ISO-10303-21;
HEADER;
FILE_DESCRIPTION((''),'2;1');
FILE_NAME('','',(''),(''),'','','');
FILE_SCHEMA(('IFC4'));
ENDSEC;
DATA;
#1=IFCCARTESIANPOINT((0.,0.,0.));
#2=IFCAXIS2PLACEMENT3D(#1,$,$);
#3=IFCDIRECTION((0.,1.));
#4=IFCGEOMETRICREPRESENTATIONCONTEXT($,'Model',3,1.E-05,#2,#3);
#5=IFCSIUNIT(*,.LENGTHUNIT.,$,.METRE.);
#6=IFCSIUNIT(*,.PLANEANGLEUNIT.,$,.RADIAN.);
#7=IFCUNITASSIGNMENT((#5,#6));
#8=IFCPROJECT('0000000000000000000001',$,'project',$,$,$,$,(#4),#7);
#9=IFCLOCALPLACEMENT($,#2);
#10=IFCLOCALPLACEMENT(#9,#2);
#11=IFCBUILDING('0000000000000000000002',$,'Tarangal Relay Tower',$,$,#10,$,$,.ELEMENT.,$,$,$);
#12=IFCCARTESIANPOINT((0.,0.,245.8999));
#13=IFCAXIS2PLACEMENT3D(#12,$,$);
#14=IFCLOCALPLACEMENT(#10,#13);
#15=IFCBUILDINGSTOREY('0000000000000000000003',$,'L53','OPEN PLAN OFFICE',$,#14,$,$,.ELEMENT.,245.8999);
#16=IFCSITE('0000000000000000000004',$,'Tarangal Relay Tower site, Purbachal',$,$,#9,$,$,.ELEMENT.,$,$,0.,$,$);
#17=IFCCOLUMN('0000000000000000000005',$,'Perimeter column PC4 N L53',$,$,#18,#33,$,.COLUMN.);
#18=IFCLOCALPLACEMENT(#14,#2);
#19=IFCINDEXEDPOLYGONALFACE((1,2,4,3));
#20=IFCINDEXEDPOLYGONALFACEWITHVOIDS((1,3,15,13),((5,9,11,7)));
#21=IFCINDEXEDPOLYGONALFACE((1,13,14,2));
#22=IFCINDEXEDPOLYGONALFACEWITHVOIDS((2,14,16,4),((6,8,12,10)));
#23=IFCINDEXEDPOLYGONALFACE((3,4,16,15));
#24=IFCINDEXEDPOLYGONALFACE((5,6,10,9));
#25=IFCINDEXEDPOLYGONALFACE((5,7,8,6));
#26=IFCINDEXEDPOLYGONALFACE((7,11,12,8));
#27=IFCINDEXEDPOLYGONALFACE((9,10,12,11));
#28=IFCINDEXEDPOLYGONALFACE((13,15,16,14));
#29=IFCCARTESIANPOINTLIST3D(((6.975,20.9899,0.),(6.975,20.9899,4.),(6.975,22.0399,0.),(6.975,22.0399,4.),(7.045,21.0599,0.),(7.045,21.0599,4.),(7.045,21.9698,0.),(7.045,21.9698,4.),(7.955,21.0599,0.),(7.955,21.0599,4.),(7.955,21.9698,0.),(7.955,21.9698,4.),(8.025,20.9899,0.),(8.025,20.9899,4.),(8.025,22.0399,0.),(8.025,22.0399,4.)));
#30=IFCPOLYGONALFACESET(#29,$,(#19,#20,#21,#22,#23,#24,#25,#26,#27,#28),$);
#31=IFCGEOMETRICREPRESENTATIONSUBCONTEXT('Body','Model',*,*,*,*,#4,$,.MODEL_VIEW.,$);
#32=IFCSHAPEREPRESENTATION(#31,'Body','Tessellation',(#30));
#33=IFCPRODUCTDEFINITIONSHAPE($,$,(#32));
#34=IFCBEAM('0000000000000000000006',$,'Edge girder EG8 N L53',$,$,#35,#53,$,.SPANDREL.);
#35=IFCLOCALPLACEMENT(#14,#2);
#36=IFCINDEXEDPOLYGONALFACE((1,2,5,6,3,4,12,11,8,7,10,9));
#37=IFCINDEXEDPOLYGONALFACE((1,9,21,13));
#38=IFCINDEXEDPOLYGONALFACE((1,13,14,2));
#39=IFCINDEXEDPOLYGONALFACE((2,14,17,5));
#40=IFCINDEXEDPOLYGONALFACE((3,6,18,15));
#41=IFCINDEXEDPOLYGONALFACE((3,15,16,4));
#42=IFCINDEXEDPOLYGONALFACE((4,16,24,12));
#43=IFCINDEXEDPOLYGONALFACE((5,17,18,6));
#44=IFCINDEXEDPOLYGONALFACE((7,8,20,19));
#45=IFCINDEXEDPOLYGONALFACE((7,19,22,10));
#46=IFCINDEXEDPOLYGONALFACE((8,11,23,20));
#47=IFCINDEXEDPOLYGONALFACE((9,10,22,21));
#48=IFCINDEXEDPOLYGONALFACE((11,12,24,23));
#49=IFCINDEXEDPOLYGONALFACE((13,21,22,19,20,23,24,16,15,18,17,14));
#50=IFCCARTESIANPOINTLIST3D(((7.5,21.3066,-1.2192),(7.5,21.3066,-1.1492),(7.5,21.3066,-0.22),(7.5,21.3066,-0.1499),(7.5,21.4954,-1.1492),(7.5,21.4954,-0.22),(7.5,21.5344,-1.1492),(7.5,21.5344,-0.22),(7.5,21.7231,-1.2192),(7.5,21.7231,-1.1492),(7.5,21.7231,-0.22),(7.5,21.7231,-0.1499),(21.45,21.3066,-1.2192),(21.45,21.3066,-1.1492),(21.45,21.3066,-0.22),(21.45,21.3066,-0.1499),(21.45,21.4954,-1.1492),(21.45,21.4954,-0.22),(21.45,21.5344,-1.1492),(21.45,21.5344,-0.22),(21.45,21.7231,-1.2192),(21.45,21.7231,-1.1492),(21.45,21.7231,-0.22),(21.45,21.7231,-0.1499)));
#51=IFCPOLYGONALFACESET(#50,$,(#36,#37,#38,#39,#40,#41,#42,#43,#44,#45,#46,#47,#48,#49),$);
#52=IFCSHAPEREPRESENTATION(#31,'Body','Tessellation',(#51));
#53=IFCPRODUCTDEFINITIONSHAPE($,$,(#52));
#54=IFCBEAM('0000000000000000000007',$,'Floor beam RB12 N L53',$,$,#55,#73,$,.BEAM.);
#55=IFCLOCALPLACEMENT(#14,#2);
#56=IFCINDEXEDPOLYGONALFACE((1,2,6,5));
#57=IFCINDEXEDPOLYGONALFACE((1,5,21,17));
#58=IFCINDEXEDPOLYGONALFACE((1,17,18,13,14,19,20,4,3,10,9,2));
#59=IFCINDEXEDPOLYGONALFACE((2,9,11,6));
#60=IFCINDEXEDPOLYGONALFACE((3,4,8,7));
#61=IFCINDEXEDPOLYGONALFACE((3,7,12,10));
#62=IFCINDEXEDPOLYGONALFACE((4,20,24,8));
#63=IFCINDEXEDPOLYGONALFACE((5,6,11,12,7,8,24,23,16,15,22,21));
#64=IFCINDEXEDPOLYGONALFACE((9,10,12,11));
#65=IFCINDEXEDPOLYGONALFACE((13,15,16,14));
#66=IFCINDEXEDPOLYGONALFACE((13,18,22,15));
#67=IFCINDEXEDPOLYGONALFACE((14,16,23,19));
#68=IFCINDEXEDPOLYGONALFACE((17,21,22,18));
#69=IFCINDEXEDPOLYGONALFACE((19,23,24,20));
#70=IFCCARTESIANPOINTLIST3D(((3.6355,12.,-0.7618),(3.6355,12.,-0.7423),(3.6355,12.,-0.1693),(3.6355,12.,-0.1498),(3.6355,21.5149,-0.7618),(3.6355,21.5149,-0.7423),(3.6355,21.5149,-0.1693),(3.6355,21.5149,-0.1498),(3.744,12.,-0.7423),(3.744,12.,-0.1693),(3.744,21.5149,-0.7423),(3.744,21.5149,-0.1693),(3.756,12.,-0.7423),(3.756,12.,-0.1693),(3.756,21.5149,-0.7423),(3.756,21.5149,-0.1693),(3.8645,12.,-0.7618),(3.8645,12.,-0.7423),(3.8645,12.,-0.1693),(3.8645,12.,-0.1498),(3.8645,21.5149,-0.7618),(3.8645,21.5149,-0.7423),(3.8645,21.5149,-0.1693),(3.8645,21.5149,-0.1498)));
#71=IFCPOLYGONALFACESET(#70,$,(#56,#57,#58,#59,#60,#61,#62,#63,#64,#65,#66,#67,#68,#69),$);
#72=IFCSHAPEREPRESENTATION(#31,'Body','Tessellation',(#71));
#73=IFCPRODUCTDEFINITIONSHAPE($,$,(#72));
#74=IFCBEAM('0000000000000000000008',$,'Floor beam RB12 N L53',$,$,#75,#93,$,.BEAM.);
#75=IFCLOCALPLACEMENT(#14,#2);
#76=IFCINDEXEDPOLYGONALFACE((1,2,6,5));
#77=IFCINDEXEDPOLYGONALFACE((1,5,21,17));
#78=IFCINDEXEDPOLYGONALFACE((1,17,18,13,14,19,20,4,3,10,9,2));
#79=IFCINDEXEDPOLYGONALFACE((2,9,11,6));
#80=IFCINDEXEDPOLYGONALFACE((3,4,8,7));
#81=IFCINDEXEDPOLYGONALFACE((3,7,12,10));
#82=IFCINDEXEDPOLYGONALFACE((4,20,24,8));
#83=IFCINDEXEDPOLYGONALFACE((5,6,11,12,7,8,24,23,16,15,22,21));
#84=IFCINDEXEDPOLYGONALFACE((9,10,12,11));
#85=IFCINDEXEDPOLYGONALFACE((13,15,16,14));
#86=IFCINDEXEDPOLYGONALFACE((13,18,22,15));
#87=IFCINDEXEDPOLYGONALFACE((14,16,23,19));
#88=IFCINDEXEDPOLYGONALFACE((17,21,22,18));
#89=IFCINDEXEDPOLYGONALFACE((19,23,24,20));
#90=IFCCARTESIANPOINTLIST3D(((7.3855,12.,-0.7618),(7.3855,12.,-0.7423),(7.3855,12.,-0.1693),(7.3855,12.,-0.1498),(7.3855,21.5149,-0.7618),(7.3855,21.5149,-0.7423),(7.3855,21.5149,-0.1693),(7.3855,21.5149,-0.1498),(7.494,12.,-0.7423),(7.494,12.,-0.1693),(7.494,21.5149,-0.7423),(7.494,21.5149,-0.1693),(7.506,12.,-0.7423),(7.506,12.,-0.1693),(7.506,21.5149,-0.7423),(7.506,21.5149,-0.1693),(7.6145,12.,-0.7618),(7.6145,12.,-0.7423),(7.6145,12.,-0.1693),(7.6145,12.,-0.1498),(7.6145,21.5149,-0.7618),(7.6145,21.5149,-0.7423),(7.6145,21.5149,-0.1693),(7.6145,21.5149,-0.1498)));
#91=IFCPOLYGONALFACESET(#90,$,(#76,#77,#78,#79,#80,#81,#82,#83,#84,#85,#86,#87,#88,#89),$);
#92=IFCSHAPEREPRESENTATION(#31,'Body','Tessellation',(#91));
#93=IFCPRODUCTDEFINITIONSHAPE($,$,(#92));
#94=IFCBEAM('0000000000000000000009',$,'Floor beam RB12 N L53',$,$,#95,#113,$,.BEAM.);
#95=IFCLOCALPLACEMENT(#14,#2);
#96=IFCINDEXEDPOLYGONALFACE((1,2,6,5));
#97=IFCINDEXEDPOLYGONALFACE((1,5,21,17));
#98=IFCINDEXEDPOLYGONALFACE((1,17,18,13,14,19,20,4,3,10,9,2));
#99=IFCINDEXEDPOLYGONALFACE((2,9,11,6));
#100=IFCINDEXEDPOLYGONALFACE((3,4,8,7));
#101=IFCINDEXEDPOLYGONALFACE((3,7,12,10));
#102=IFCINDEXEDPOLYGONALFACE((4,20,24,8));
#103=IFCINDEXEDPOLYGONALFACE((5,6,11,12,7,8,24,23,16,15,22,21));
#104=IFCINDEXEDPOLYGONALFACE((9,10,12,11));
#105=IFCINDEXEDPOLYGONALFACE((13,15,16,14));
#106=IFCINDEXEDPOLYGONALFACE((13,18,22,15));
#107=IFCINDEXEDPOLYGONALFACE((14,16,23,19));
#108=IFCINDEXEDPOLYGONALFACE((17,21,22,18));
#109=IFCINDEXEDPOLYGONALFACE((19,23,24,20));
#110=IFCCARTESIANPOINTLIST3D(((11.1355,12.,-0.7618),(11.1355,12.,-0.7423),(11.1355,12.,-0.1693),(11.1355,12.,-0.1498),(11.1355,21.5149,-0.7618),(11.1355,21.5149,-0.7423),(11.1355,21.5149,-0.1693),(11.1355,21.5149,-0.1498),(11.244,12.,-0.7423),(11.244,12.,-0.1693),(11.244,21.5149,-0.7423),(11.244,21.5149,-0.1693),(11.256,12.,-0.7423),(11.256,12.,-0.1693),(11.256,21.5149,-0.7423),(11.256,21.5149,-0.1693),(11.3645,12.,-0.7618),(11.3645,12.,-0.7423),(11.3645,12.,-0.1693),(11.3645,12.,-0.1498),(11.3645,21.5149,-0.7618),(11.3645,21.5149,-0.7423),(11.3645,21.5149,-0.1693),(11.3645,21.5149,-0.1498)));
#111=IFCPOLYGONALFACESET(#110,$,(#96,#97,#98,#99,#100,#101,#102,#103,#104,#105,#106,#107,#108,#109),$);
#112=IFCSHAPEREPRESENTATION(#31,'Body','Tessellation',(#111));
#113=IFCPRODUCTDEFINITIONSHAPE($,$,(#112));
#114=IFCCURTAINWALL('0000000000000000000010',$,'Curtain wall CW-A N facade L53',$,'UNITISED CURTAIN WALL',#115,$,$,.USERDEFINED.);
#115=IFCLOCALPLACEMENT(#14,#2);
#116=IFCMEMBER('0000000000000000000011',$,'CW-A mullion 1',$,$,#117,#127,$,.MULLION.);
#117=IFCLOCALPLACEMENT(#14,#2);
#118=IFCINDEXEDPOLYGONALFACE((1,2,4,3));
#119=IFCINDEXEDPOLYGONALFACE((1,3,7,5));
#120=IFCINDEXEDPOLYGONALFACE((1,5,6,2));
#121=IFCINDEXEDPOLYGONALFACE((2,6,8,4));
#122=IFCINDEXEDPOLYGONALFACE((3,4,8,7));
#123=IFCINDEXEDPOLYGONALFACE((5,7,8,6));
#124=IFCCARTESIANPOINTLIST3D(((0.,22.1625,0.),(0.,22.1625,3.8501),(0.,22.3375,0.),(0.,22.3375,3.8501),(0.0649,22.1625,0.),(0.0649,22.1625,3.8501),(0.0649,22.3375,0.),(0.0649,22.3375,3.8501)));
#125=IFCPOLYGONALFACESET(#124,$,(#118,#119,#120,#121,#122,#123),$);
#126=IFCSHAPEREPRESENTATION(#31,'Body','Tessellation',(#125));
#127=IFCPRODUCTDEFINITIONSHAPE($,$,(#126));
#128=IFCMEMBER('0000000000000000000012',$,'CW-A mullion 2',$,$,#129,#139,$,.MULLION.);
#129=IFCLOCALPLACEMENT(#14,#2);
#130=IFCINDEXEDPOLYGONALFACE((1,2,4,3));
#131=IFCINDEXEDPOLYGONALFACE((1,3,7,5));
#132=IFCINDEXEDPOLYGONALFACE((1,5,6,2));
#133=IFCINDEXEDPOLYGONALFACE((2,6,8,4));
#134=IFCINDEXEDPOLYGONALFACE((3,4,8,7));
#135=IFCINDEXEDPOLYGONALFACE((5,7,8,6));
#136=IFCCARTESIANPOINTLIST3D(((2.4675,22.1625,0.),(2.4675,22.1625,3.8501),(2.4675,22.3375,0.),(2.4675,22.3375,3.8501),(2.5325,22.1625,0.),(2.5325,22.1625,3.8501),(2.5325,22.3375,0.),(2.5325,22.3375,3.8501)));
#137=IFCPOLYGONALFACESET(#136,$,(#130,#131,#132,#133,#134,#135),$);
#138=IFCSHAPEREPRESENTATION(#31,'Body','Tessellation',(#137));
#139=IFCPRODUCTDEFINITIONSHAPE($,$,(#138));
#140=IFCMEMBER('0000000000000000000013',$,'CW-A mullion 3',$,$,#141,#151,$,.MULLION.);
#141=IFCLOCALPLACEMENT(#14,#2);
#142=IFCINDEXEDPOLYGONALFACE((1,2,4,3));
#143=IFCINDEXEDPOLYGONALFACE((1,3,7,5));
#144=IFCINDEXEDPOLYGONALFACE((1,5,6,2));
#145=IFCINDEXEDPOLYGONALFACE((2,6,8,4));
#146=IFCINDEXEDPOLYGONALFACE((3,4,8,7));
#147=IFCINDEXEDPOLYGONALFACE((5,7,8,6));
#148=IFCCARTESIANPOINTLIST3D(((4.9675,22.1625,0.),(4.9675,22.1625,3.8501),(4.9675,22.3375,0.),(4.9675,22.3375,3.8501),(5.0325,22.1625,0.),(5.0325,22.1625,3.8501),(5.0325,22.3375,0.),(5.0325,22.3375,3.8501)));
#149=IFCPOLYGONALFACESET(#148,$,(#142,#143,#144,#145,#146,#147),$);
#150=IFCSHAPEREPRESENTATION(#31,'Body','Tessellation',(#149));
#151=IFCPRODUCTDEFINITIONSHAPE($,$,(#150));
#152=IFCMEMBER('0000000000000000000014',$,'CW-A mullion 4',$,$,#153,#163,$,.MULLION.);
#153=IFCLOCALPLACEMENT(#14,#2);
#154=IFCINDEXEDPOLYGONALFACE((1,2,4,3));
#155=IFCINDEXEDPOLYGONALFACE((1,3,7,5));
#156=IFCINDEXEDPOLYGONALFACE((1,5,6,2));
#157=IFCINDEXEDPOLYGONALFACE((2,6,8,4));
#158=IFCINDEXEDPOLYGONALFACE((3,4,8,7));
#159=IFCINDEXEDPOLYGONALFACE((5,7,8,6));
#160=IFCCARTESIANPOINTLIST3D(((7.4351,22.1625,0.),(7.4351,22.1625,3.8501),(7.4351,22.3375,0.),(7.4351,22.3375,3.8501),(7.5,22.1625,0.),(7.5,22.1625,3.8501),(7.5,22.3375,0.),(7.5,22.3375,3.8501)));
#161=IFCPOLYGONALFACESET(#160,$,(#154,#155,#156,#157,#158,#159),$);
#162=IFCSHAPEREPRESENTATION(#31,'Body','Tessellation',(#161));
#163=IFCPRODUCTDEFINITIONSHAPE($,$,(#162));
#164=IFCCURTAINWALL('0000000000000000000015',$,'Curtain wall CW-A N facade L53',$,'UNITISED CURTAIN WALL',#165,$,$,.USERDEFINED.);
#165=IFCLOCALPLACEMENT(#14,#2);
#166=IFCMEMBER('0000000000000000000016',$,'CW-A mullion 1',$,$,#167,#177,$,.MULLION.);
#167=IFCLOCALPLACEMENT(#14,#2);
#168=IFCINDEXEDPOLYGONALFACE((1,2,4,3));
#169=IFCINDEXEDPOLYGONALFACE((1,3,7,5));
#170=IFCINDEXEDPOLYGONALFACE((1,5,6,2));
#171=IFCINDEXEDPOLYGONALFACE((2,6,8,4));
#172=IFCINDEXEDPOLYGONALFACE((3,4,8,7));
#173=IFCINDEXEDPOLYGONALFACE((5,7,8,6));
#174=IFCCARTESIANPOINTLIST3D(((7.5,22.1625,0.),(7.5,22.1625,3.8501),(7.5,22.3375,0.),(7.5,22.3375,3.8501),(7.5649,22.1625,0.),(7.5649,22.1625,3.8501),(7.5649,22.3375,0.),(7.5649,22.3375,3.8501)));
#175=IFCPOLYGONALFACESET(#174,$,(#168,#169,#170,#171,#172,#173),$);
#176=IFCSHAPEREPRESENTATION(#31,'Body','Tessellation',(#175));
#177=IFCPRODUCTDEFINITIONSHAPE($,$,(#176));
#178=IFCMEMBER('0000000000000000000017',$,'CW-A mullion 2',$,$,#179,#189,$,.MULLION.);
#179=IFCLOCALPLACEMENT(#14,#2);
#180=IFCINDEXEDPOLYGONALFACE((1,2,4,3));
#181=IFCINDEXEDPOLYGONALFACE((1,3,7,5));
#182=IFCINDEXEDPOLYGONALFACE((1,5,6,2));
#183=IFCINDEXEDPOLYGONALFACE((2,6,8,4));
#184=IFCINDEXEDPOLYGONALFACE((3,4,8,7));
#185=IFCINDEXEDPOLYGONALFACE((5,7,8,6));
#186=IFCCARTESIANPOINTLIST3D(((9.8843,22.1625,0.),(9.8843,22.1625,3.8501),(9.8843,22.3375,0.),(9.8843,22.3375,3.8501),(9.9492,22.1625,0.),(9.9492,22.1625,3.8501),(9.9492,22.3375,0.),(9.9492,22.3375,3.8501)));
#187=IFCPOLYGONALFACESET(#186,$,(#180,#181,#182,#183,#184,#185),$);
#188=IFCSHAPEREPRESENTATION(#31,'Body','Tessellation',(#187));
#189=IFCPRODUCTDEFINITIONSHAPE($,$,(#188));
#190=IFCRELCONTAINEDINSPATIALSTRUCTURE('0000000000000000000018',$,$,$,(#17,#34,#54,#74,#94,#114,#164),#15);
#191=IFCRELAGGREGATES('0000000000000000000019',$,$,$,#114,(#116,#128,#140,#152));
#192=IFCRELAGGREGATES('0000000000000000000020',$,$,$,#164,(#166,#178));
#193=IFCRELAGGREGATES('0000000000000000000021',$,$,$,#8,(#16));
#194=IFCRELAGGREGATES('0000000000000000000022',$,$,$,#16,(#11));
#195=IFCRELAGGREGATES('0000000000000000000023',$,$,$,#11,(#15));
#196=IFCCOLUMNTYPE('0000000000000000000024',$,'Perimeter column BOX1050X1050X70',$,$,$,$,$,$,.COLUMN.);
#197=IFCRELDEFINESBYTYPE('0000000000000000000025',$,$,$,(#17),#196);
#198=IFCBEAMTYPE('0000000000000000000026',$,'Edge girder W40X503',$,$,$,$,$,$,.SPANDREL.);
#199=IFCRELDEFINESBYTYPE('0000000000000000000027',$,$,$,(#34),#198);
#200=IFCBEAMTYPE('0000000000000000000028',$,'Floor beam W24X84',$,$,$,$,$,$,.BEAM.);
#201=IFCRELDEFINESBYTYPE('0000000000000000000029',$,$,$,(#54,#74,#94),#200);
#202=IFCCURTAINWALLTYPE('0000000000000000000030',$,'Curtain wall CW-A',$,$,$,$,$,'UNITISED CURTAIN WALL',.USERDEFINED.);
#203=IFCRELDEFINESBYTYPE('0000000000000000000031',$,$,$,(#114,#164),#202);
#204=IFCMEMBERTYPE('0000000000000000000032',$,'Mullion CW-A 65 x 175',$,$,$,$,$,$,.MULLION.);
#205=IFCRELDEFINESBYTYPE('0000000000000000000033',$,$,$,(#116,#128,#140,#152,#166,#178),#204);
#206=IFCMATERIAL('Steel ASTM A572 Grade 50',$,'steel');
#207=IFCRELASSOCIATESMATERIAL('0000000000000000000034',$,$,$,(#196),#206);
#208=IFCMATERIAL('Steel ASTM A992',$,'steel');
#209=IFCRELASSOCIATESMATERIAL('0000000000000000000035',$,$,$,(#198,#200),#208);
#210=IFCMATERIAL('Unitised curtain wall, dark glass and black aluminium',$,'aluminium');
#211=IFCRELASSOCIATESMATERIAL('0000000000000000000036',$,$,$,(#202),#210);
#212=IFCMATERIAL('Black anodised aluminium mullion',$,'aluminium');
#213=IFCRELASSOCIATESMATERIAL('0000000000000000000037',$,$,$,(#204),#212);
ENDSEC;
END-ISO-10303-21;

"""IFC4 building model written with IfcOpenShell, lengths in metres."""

from ifc_helpers import new_model, si_unit, direction, frame, origin, origin_2d, place, context, subcontext, project, spatial, rectangle, hollow_rectangle, i_section, extrude, material, material_profile, profile_set, type_object, element, aggregate, save


model = new_model("IFC4")

# Units and contexts
model_context = context("Model", 3, precision=1e-05, world=origin(), true_north=direction((0.0, 1.0)))
body_context = subcontext(model_context, "Body", "Model", "MODEL_VIEW")
ifc_project = project(units=[si_unit("LENGTHUNIT", "METRE"), si_unit("PLANEANGLEUNIT", "RADIAN")], contexts=[model_context])

# Site, building, storey
site_placement = place(None, origin())
site = spatial("IfcSite", under=ifc_project, at=site_placement, Name="Tarangal Relay Tower site, Purbachal", CompositionType="ELEMENT", RefElevation=0.0)
building_placement = place(site_placement, origin())
building = spatial("IfcBuilding", under=site, at=building_placement, Name="Tarangal Relay Tower", CompositionType="ELEMENT")
storey_placement = place(building_placement, frame((0.0, 0.0, 245.8999)))
storey = spatial("IfcBuildingStorey", under=building, at=storey_placement, Name="L53", Description="OPEN PLAN OFFICE", CompositionType="ELEMENT", Elevation=245.8999)

# Column
ifc_material_1 = material(Name="Steel ASTM A572 Grade 50", Category="steel")
ifc_material_profile_1 = material_profile(ifc_material_1, hollow_rectangle(XDim=1.05, YDim=1.05, WallThickness=0.0701, at=origin_2d()), Name="BOX1050X1050X70")
ifc_profile_set_1 = profile_set([ifc_material_profile_1], Name="Steel ASTM A572 Grade 50")
column_type = type_object("IfcColumnType", Name="Perimeter column BOX1050X1050X70", PredefinedType="COLUMN", material=ifc_profile_set_1)
column_placement = place(storey_placement, frame((7.5, 21.5149, 0.0), z_axis=(0.0, 0.0, 1.0), x_axis=(1.0, 0.0, 0.0)))
element("IfcColumn", 1, at=column_placement, inside=storey, type_object=column_type, Name="Perimeter column PC4 N L53", PredefinedType="COLUMN", context=body_context, shape_type="SweptSolid", body=[
    extrude(hollow_rectangle(XDim=1.05, YDim=1.05, WallThickness=0.0701, at=origin_2d()), origin(), (0.0, 0.0, 1.0), 4.0),
])

# Beams
ifc_material_2 = material(Name="Steel ASTM A992", Category="steel")
ifc_material_profile_2 = material_profile(ifc_material_2, i_section(OverallWidth=0.4165, OverallDepth=1.0693, WebThickness=0.0391, FlangeThickness=0.0701, at=origin_2d()), Name="W40X503")
ifc_profile_set_2 = profile_set([ifc_material_profile_2], Name="Steel ASTM A992")
beam_type_1 = type_object("IfcBeamType", Name="Edge girder W40X503", PredefinedType="SPANDREL", material=ifc_profile_set_2)
beam_placement = place(storey_placement, frame((7.5, 21.5149, -0.6846), z_axis=(1.0, 0.0, 0.0), x_axis=(0.0, 1.0, 0.0)))
element("IfcBeam", 2, at=beam_placement, inside=storey, type_object=beam_type_1, Name="Edge girder EG8 N L53", PredefinedType="SPANDREL", context=body_context, shape_type="SweptSolid", body=[
    extrude(i_section(OverallWidth=0.4165, OverallDepth=1.0693, WebThickness=0.0391, FlangeThickness=0.0701, at=origin_2d()), origin(), (0.0, 0.0, 1.0), 13.95),
])
ifc_material_profile_3 = material_profile(ifc_material_2, i_section(OverallWidth=0.229, OverallDepth=0.6121, WebThickness=0.012, FlangeThickness=0.0195, at=origin_2d()), Name="W24X84")
ifc_profile_set_3 = profile_set([ifc_material_profile_3], Name="Steel ASTM A992")
beam_type_2 = type_object("IfcBeamType", Name="Floor beam W24X84", PredefinedType="BEAM", material=ifc_profile_set_3)
for number, where, z_axis, x_axis, name in (
    (3, (3.75, 12.0, -0.4558), (0.0, 1.0, 0.0), (-1.0, 0.0, 0.0), "Floor beam RB12 N L53"),
    (4, (7.5, 12.0, -0.4558), (0.0, 1.0, 0.0), (-1.0, 0.0, 0.0), "Floor beam RB12 N L53"),
    (5, (11.25, 12.0, -0.4558), (0.0, 1.0, 0.0), (-1.0, 0.0, 0.0), "Floor beam RB12 N L53"),
):
    element("IfcBeam", number, at=place(storey_placement, frame(where, z_axis=z_axis, x_axis=x_axis)), inside=storey, type_object=beam_type_2, Name=name, PredefinedType="BEAM", context=body_context, shape_type="SweptSolid", body=[
        extrude(i_section(OverallWidth=0.229, OverallDepth=0.6121, WebThickness=0.012, FlangeThickness=0.0195, at=origin_2d()), origin(), (0.0, 0.0, 1.0), 9.5149),
    ])

# Curtain walls, members
ifc_material_3 = material(Name="Unitised curtain wall, dark glass and black aluminium", Category="aluminium")
curtain_wall_type = type_object("IfcCurtainWallType", Name="Curtain wall CW-A", ElementType="UNITISED CURTAIN WALL", PredefinedType="USERDEFINED", material=ifc_material_3)
curtain_wall_1_placement = place(storey_placement, origin())
curtain_wall_1 = element("IfcCurtainWall", 6, at=curtain_wall_1_placement, inside=storey, type_object=curtain_wall_type, Name="Curtain wall CW-A N facade L53", ObjectType="UNITISED CURTAIN WALL", PredefinedType="USERDEFINED")
ifc_material_4 = material(Name="Black anodised aluminium mullion", Category="aluminium")
ifc_material_profile_4 = material_profile(ifc_material_4, rectangle(XDim=0.175, YDim=0.0649, at=origin_2d()), Name="CW-AM 65X175")
ifc_profile_set_4 = profile_set([ifc_material_profile_4], Name="Black anodised aluminium mullion")
member_type_1 = type_object("IfcMemberType", Name="Mullion CW-A 65 x 175", PredefinedType="MULLION", material=ifc_profile_set_4)
member_1_placement = place(storey_placement, frame((0.0325, 22.25, 0.0), z_axis=(0.0, 0.0, 1.0), x_axis=(0.0, 1.0, 0.0)))
member_1 = element("IfcMember", 7, at=member_1_placement, type_object=member_type_1, Name="CW-A mullion 1", PredefinedType="MULLION", context=body_context, shape_type="SweptSolid", body=[
    extrude(rectangle(XDim=0.175, YDim=0.0649, at=origin_2d()), origin(), (0.0, 0.0, 1.0), 3.8501),
])
member_2_placement = place(storey_placement, frame((2.5, 22.25, 0.0), z_axis=(0.0, 0.0, 1.0), x_axis=(0.0, 1.0, 0.0)))
member_2 = element("IfcMember", 8, at=member_2_placement, type_object=member_type_1, Name="CW-A mullion 2", PredefinedType="MULLION", context=body_context, shape_type="SweptSolid", body=[
    extrude(rectangle(XDim=0.175, YDim=0.0649, at=origin_2d()), origin(), (0.0, 0.0, 1.0), 3.8501),
])
member_3_placement = place(storey_placement, frame((5.0, 22.25, 0.0), z_axis=(0.0, 0.0, 1.0), x_axis=(0.0, 1.0, 0.0)))
member_3 = element("IfcMember", 9, at=member_3_placement, type_object=member_type_1, Name="CW-A mullion 3", PredefinedType="MULLION", context=body_context, shape_type="SweptSolid", body=[
    extrude(rectangle(XDim=0.175, YDim=0.0649, at=origin_2d()), origin(), (0.0, 0.0, 1.0), 3.8501),
])
member_4_placement = place(storey_placement, frame((7.4675, 22.25, 0.0), z_axis=(0.0, 0.0, 1.0), x_axis=(0.0, 1.0, 0.0)))
member_4 = element("IfcMember", 10, at=member_4_placement, type_object=member_type_1, Name="CW-A mullion 4", PredefinedType="MULLION", context=body_context, shape_type="SweptSolid", body=[
    extrude(rectangle(XDim=0.175, YDim=0.0649, at=origin_2d()), origin(), (0.0, 0.0, 1.0), 3.8501),
])
curtain_wall_2_placement = place(storey_placement, origin())
curtain_wall_2 = element("IfcCurtainWall", 11, at=curtain_wall_2_placement, inside=storey, type_object=curtain_wall_type, Name="Curtain wall CW-A N facade L53", ObjectType="UNITISED CURTAIN WALL", PredefinedType="USERDEFINED")
member_5_placement = place(storey_placement, frame((7.5325, 22.25, 0.0), z_axis=(0.0, 0.0, 1.0), x_axis=(0.0, 1.0, 0.0)))
member_5 = element("IfcMember", 12, at=member_5_placement, type_object=member_type_1, Name="CW-A mullion 1", PredefinedType="MULLION", context=body_context, shape_type="SweptSolid", body=[
    extrude(rectangle(XDim=0.175, YDim=0.0649, at=origin_2d()), origin(), (0.0, 0.0, 1.0), 3.8501),
])
member_6_placement = place(storey_placement, frame((9.9167, 22.25, 0.0), z_axis=(0.0, 0.0, 1.0), x_axis=(0.0, 1.0, 0.0)))
member_6 = element("IfcMember", 13, at=member_6_placement, type_object=member_type_1, Name="CW-A mullion 2", PredefinedType="MULLION", context=body_context, shape_type="SweptSolid", body=[
    extrude(rectangle(XDim=0.175, YDim=0.0649, at=origin_2d()), origin(), (0.0, 0.0, 1.0), 3.8501),
])

aggregate(curtain_wall_1, [member_1, member_2, member_3, member_4])
aggregate(curtain_wall_2, [member_5, member_6])

save(model, "model.ifc")
